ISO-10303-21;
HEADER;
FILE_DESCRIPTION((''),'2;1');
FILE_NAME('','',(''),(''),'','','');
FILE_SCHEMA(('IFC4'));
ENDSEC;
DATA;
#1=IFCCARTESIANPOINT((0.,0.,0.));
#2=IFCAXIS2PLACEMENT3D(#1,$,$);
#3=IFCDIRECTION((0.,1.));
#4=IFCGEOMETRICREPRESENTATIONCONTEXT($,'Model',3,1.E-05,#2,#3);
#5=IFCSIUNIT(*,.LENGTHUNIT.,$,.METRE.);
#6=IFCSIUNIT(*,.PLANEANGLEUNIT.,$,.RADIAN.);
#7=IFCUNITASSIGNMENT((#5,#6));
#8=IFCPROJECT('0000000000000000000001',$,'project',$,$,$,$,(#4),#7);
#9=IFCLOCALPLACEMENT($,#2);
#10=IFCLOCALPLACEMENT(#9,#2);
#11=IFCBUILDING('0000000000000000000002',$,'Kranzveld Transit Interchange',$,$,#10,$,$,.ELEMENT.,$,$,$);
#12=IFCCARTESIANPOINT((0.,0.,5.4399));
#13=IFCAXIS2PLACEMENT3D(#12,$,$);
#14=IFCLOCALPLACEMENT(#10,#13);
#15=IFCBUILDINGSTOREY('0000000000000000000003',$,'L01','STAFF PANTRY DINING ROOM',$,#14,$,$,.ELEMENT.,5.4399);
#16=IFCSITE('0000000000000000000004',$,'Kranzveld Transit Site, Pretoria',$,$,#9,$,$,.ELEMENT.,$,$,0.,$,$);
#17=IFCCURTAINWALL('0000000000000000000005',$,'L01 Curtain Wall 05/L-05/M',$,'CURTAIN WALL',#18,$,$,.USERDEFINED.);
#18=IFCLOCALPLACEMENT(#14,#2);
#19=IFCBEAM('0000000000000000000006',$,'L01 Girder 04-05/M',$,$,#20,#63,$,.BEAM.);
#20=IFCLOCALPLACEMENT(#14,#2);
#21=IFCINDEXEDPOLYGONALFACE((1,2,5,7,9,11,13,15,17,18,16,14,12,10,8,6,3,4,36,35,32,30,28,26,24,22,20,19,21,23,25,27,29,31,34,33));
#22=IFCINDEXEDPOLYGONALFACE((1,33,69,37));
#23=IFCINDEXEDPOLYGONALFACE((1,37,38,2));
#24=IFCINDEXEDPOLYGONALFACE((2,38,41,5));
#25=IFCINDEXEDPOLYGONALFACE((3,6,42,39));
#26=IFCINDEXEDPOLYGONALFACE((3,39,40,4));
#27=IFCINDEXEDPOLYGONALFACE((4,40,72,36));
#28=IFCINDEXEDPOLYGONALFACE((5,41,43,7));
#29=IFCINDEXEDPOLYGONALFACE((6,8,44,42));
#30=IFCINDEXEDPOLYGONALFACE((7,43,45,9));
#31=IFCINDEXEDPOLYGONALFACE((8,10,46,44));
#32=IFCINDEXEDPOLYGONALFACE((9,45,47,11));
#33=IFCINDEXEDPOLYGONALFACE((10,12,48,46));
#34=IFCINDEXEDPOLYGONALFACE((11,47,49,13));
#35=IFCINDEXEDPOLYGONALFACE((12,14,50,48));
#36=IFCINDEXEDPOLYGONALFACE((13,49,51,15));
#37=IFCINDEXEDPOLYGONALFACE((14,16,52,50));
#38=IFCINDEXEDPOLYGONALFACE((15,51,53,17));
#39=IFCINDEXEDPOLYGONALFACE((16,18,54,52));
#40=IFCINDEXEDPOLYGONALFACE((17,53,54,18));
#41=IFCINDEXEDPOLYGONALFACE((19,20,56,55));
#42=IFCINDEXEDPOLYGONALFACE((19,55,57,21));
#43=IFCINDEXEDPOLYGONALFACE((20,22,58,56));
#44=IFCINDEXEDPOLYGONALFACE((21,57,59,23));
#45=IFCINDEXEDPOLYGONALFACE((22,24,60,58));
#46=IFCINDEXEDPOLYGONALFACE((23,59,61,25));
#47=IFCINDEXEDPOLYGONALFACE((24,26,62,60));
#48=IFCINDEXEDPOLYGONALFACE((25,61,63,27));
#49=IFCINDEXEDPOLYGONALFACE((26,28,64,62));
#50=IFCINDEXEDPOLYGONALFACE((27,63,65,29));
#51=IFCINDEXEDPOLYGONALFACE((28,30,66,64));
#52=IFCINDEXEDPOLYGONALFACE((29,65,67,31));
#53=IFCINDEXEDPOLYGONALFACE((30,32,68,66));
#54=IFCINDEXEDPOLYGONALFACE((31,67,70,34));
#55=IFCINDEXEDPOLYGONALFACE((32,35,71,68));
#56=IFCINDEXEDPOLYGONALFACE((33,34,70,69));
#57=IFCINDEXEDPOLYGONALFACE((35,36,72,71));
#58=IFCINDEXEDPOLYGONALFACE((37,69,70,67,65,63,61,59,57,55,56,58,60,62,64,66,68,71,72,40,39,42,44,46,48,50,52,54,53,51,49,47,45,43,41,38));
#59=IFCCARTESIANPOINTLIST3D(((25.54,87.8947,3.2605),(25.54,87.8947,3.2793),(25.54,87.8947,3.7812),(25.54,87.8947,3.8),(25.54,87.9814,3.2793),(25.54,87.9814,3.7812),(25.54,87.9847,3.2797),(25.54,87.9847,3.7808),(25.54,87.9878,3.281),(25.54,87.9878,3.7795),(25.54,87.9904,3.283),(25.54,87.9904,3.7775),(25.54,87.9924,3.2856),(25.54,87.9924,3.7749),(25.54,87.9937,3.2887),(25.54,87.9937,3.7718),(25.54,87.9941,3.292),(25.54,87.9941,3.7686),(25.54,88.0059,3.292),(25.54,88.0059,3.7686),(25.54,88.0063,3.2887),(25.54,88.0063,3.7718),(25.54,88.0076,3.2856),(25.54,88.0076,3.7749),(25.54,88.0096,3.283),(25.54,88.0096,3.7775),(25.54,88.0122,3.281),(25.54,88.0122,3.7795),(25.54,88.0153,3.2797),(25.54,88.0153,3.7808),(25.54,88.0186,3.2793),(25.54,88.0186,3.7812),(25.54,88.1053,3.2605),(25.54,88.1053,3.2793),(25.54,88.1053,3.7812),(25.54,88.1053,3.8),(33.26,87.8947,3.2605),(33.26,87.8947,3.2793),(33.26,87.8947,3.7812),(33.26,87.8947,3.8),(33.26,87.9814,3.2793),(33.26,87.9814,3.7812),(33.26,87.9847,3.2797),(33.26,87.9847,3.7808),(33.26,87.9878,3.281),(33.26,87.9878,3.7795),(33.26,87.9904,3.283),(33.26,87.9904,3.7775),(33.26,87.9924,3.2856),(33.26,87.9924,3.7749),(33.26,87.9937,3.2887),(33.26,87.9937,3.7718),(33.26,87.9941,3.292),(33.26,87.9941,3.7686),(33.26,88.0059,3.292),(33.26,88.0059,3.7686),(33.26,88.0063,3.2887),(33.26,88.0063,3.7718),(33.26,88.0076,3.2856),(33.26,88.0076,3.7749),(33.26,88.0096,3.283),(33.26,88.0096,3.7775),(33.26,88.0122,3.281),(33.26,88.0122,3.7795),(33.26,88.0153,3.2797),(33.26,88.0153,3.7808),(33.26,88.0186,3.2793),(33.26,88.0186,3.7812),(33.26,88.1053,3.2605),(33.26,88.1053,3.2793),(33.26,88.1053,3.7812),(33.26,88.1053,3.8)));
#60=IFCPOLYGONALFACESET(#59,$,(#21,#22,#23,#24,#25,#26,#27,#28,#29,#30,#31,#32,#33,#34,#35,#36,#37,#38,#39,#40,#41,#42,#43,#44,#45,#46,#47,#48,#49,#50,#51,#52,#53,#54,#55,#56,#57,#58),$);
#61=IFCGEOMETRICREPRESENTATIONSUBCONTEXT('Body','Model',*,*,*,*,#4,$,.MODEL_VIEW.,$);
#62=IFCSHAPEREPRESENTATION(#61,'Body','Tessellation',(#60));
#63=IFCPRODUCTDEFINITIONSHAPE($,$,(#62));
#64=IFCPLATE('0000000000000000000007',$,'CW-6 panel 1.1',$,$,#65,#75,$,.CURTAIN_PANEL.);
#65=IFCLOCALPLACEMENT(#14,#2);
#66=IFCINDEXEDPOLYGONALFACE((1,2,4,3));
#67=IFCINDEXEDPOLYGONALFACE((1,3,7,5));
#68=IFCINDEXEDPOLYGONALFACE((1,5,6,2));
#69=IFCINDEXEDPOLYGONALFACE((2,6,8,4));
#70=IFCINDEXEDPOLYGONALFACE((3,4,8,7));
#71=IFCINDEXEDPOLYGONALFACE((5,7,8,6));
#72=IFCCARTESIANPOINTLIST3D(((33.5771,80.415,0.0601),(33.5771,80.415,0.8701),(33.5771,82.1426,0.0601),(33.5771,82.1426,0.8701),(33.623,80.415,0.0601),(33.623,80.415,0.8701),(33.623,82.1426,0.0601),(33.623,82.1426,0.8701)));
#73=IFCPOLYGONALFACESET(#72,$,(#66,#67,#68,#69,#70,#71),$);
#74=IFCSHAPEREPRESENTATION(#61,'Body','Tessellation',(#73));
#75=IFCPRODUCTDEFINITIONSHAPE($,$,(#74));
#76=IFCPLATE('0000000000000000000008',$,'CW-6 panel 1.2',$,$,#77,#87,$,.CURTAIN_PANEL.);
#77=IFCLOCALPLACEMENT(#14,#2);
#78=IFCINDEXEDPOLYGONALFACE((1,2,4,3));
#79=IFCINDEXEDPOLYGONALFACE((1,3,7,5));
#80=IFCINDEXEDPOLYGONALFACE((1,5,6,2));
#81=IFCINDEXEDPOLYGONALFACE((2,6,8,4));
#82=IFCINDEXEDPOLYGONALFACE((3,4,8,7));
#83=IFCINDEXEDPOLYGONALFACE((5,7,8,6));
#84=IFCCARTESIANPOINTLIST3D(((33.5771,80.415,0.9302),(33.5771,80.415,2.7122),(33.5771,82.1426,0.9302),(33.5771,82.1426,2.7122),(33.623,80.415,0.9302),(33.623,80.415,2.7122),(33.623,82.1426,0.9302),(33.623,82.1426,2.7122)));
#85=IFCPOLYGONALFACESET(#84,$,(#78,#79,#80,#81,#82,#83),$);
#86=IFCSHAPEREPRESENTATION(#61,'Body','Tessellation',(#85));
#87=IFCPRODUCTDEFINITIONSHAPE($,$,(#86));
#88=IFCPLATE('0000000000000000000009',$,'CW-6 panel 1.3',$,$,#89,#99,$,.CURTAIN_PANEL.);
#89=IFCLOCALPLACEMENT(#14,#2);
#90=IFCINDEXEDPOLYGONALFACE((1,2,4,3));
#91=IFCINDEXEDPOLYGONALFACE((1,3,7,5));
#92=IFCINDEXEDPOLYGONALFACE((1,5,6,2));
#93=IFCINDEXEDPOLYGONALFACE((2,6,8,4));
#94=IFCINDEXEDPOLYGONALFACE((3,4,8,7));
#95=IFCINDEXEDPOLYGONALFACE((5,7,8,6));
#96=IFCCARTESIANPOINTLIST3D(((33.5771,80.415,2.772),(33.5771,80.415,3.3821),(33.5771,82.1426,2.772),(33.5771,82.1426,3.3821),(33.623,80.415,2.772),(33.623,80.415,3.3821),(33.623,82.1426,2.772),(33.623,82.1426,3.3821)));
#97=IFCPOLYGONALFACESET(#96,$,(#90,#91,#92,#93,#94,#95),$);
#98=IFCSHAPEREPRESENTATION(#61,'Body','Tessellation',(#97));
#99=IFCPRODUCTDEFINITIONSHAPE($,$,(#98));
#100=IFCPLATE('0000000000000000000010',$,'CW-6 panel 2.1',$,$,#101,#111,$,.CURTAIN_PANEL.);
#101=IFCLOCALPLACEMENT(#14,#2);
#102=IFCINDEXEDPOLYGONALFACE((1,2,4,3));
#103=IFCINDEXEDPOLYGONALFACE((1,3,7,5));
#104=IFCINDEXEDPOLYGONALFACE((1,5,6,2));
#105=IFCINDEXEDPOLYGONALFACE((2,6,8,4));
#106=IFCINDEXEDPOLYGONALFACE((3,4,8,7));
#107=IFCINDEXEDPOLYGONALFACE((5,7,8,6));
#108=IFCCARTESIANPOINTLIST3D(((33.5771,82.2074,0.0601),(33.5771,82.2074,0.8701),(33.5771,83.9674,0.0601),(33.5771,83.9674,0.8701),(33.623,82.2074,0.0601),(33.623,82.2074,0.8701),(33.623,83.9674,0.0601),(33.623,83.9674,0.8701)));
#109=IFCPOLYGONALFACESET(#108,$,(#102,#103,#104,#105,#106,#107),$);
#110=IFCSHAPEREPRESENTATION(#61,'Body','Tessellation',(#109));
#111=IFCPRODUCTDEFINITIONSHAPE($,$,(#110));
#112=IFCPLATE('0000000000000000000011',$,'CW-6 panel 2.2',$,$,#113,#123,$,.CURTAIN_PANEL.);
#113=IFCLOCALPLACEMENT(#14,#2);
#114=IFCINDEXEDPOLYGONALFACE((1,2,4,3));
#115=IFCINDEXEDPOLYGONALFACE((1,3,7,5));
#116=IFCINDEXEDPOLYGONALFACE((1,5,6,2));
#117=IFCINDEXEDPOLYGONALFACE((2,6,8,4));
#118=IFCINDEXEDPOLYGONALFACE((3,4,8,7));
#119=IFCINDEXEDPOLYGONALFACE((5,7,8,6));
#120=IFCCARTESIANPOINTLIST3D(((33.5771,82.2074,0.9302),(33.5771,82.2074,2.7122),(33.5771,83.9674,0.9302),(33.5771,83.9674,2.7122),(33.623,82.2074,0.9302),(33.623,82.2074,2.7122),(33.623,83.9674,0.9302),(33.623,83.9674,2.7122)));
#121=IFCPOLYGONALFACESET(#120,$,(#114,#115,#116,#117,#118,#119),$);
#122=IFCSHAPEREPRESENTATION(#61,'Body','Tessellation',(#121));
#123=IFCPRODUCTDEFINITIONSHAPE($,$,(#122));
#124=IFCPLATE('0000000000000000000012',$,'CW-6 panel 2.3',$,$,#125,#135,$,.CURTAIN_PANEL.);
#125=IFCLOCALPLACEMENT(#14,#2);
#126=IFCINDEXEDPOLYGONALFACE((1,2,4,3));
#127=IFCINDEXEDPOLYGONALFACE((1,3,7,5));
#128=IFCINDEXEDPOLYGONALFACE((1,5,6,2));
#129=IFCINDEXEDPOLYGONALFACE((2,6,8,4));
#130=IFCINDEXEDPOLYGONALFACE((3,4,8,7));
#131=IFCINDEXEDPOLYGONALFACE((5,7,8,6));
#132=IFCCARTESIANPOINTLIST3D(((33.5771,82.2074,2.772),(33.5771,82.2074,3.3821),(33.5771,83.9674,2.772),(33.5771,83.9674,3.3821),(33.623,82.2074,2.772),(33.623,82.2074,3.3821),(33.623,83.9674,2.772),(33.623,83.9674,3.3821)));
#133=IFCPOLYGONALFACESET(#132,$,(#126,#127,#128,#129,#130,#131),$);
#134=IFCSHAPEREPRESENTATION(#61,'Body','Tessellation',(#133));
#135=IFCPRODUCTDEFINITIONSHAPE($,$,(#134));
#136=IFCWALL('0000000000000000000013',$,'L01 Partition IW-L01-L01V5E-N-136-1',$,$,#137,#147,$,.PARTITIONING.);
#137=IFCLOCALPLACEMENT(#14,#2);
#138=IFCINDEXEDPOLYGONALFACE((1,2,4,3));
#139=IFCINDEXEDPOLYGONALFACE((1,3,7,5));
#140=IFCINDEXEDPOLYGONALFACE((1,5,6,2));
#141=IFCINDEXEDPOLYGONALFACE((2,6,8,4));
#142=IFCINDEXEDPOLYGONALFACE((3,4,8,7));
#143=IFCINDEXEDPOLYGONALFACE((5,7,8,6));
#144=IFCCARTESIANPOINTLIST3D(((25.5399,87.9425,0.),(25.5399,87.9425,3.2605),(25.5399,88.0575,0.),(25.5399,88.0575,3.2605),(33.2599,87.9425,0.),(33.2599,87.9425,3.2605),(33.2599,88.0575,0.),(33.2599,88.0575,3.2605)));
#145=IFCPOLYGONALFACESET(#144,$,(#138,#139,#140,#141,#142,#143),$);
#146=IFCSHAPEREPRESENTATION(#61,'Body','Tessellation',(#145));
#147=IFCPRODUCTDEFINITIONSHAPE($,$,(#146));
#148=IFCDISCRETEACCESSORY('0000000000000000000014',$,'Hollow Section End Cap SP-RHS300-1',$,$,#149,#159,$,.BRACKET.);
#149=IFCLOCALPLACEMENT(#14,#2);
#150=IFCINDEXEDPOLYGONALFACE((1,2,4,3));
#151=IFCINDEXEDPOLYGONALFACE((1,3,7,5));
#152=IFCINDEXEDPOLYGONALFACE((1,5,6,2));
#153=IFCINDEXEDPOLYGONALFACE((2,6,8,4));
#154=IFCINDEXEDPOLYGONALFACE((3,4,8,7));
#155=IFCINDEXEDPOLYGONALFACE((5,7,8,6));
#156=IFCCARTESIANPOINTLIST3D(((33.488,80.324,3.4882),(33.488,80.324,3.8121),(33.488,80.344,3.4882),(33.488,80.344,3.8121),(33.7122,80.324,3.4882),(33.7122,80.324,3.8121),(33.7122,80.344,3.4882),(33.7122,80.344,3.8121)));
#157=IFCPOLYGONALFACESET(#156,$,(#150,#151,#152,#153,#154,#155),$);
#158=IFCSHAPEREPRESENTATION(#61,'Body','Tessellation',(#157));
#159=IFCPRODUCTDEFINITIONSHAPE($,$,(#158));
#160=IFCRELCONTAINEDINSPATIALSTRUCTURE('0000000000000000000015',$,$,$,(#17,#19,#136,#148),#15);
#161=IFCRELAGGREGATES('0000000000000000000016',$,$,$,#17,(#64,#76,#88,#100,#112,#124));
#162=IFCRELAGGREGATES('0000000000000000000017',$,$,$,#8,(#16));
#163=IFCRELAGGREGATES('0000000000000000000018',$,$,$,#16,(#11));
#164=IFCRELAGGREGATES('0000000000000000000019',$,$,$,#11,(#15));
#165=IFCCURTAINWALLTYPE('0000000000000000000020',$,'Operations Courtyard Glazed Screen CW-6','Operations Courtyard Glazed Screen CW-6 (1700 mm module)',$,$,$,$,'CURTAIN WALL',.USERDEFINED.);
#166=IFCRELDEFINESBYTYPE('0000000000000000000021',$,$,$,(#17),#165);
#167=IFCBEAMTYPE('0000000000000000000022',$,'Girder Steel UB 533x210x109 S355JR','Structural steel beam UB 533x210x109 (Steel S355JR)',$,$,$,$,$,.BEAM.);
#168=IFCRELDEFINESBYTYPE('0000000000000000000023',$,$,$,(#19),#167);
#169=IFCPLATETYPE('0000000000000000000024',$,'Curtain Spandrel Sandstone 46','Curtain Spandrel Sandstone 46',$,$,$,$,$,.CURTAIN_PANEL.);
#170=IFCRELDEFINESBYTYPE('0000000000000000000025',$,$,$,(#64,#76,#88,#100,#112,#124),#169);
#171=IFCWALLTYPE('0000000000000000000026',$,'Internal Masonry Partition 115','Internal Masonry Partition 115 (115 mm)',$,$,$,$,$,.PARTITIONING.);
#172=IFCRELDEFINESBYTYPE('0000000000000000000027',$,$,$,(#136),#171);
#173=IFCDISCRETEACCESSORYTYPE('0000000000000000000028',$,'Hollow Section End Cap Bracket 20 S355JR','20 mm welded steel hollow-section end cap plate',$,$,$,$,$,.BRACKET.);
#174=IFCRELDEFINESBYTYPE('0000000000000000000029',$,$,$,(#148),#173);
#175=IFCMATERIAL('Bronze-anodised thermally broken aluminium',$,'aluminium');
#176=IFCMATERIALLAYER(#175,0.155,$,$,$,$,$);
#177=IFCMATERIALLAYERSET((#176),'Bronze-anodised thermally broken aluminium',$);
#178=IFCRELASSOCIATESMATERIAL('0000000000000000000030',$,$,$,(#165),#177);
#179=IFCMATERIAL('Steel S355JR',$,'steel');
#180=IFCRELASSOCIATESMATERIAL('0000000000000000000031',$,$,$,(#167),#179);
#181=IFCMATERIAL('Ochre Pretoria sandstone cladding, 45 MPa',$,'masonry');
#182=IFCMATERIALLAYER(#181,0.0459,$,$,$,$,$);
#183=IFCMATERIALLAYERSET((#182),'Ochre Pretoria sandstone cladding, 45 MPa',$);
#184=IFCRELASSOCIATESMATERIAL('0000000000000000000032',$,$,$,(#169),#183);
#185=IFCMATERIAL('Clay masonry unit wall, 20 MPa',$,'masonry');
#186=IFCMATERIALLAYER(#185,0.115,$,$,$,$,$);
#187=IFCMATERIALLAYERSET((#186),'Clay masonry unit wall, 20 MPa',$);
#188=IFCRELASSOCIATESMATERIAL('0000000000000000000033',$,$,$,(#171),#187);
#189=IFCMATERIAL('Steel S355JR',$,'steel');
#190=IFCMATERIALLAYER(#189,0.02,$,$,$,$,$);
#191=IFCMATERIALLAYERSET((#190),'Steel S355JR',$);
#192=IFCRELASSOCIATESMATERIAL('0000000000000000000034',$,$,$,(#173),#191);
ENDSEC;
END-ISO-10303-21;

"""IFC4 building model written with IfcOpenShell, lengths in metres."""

from ifc_helpers import new_model, si_unit, direction, frame, frame_2d, origin, origin_2d, place, context, subcontext, project, spatial, rectangle, i_section, extrude, material, layer, layer_set, material_profile, profile_set, type_object, element, aggregate, save


model = new_model("IFC4")

# Units and contexts
model_context = context("Model", 3, precision=1e-05, world=origin(), true_north=direction((0.0, 1.0)))
body_context = subcontext(model_context, "Body", "Model", "MODEL_VIEW")
ifc_project = project(units=[si_unit("LENGTHUNIT", "METRE"), si_unit("PLANEANGLEUNIT", "RADIAN")], contexts=[model_context])

# Site, building, storey
site_placement = place(None, origin())
site = spatial("IfcSite", under=ifc_project, at=site_placement, Name="Kranzveld Transit Site, Pretoria", CompositionType="ELEMENT", RefElevation=0.0)
building_placement = place(site_placement, origin())
building = spatial("IfcBuilding", under=site, at=building_placement, Name="Kranzveld Transit Interchange", CompositionType="ELEMENT")
storey_placement = place(building_placement, frame((0.0, 0.0, 5.4399)))
storey = spatial("IfcBuildingStorey", under=building, at=storey_placement, Name="L01", Description="STAFF PANTRY DINING ROOM", CompositionType="ELEMENT", Elevation=5.4399)

# Curtain wall
ifc_material_1 = material(Name="Bronze-anodised thermally broken aluminium", Category="aluminium")
ifc_layer_1 = layer(ifc_material_1, 0.155)
ifc_layer_set_1 = layer_set([ifc_layer_1], Name="Bronze-anodised thermally broken aluminium")
curtain_wall_type = type_object("IfcCurtainWallType", Name="Operations Courtyard Glazed Screen CW-6", Description="Operations Courtyard Glazed Screen CW-6 (1700 mm module)", ElementType="CURTAIN WALL", PredefinedType="USERDEFINED", material=ifc_layer_set_1)
curtain_wall_placement = place(storey_placement, origin())
curtain_wall = element("IfcCurtainWall", 1, at=curtain_wall_placement, inside=storey, type_object=curtain_wall_type, Name="L01 Curtain Wall 05/L-05/M", ObjectType="CURTAIN WALL", PredefinedType="USERDEFINED")

# Beam
ifc_material_2 = material(Name="Steel S355JR", Category="steel")
ifc_material_profile_1 = material_profile(ifc_material_2, i_section(OverallWidth=0.2107, OverallDepth=0.5396, WebThickness=0.0117, FlangeThickness=0.0188, FilletRadius=0.0127, at=origin_2d()), Name="UB 533x210x109")
ifc_profile_set_1 = profile_set([ifc_material_profile_1], Name="Steel S355JR")
beam_type_1 = type_object("IfcBeamType", Name="Girder Steel UB 533x210x109 S355JR", Description="Structural steel beam UB 533x210x109 (Steel S355JR)", PredefinedType="BEAM", material=ifc_profile_set_1)
beam_1_placement = place(storey_placement, frame((25.54, 88.0, 3.5303), z_axis=(1.0, 0.0, 0.0), x_axis=(0.0, 1.0, 0.0)))
element("IfcBeam", 2, at=beam_1_placement, inside=storey, type_object=beam_type_1, Name="L01 Girder 04-05/M", PredefinedType="BEAM", context=body_context, shape_type="SweptSolid", body=[
    extrude(i_section(OverallWidth=0.2107, OverallDepth=0.5396, WebThickness=0.0117, FlangeThickness=0.0188, FilletRadius=0.0127, at=origin_2d()), origin(), (0.0, 0.0, 1.0), 7.72),
])

# Plates
ifc_material_3 = material(Name="Ochre Pretoria sandstone cladding, 45 MPa", Category="masonry")
ifc_layer_2 = layer(ifc_material_3, 0.0459)
ifc_layer_set_2 = layer_set([ifc_layer_2], Name="Ochre Pretoria sandstone cladding, 45 MPa")
plate_type = type_object("IfcPlateType", Name="Curtain Spandrel Sandstone 46", Description="Curtain Spandrel Sandstone 46", PredefinedType="CURTAIN_PANEL", material=ifc_layer_set_2)
plate_1_placement = place(storey_placement, frame((33.6001, 81.2788, 0.0601), z_axis=(0.0, 0.0, 1.0), x_axis=(0.0, 1.0, 0.0)))
plate_1 = element("IfcPlate", 3, at=plate_1_placement, type_object=plate_type, Name="CW-6 panel 1.1", PredefinedType="CURTAIN_PANEL", context=body_context, shape_type="SweptSolid", body=[
    extrude(rectangle(XDim=1.7275, YDim=0.0459, at=origin_2d()), origin(), (0.0, 0.0, 1.0), 0.8101),
])
plate_2_placement = place(storey_placement, frame((33.6001, 81.2788, 0.9302), z_axis=(0.0, 0.0, 1.0), x_axis=(0.0, 1.0, 0.0)))
plate_2 = element("IfcPlate", 4, at=plate_2_placement, type_object=plate_type, Name="CW-6 panel 1.2", PredefinedType="CURTAIN_PANEL", context=body_context, shape_type="SweptSolid", body=[
    extrude(rectangle(XDim=1.7275, YDim=0.0459, at=origin_2d()), origin(), (0.0, 0.0, 1.0), 1.782),
])
plate_3_placement = place(storey_placement, frame((33.6001, 81.2788, 2.772), z_axis=(0.0, 0.0, 1.0), x_axis=(0.0, 1.0, 0.0)))
plate_3 = element("IfcPlate", 5, at=plate_3_placement, type_object=plate_type, Name="CW-6 panel 1.3", PredefinedType="CURTAIN_PANEL", context=body_context, shape_type="SweptSolid", body=[
    extrude(rectangle(XDim=1.7275, YDim=0.0459, at=origin_2d()), origin(), (0.0, 0.0, 1.0), 0.6101),
])
plate_4_placement = place(storey_placement, frame((33.6001, 83.0874, 0.0601), z_axis=(0.0, 0.0, 1.0), x_axis=(0.0, 1.0, 0.0)))
plate_4 = element("IfcPlate", 6, at=plate_4_placement, type_object=plate_type, Name="CW-6 panel 2.1", PredefinedType="CURTAIN_PANEL", context=body_context, shape_type="SweptSolid", body=[
    extrude(rectangle(XDim=1.76, YDim=0.0459, at=origin_2d()), origin(), (0.0, 0.0, 1.0), 0.8101),
])
plate_5_placement = place(storey_placement, frame((33.6001, 83.0874, 0.9302), z_axis=(0.0, 0.0, 1.0), x_axis=(0.0, 1.0, 0.0)))
plate_5 = element("IfcPlate", 7, at=plate_5_placement, type_object=plate_type, Name="CW-6 panel 2.2", PredefinedType="CURTAIN_PANEL", context=body_context, shape_type="SweptSolid", body=[
    extrude(rectangle(XDim=1.76, YDim=0.0459, at=origin_2d()), origin(), (0.0, 0.0, 1.0), 1.782),
])
plate_6_placement = place(storey_placement, frame((33.6001, 83.0874, 2.772), z_axis=(0.0, 0.0, 1.0), x_axis=(0.0, 1.0, 0.0)))
plate_6 = element("IfcPlate", 8, at=plate_6_placement, type_object=plate_type, Name="CW-6 panel 2.3", PredefinedType="CURTAIN_PANEL", context=body_context, shape_type="SweptSolid", body=[
    extrude(rectangle(XDim=1.76, YDim=0.0459, at=origin_2d()), origin(), (0.0, 0.0, 1.0), 0.6101),
])
aggregate(curtain_wall, [plate_1, plate_2, plate_3, plate_4, plate_5, plate_6])

# Wall
ifc_material_4 = material(Name="Clay masonry unit wall, 20 MPa", Category="masonry")
ifc_layer_3 = layer(ifc_material_4, 0.115)
ifc_layer_set_3 = layer_set([ifc_layer_3], Name="Clay masonry unit wall, 20 MPa")
wall_type = type_object("IfcWallType", Name="Internal Masonry Partition 115", Description="Internal Masonry Partition 115 (115 mm)", PredefinedType="PARTITIONING", material=ifc_layer_set_3)
wall_placement = place(storey_placement, frame((25.54, 88.0, 0.0), z_axis=(0.0, 0.0, 1.0), x_axis=(1.0, 0.0, 0.0)))
element("IfcWall", 9, at=wall_placement, inside=storey, type_object=wall_type, Name="L01 Partition IW-L01-L01V5E-N-136-1", PredefinedType="PARTITIONING", context=body_context, shape_type="SweptSolid", body=[
    extrude(rectangle(XDim=7.72, YDim=0.115, at=frame_2d((3.8599, 0.0))), origin(), (0.0, 0.0, 1.0), 3.2605),
])

# Discrete accessory
ifc_material_5 = material(Name="Steel S355JR", Category="steel")
ifc_layer_4 = layer(ifc_material_5, 0.02)
ifc_layer_set_4 = layer_set([ifc_layer_4], Name="Steel S355JR")
discrete_accessory_type = type_object("IfcDiscreteAccessoryType", Name="Hollow Section End Cap Bracket 20 S355JR", Description="20 mm welded steel hollow-section end cap plate", PredefinedType="BRACKET", material=ifc_layer_set_4)
discrete_accessory_placement = place(storey_placement, frame((33.6001, 80.344, 3.6501), z_axis=(0.0, -1.0, 0.0), x_axis=(1.0, 0.0, 0.0)))
element("IfcDiscreteAccessory", 10, at=discrete_accessory_placement, inside=storey, type_object=discrete_accessory_type, Name="Hollow Section End Cap SP-RHS300-1", PredefinedType="BRACKET", context=body_context, shape_type="SweptSolid", body=[
    extrude(rectangle(XDim=0.2241, YDim=0.324, at=origin_2d()), origin(), (0.0, 0.0, 1.0), 0.02),
])

save(model, "model.ifc")
